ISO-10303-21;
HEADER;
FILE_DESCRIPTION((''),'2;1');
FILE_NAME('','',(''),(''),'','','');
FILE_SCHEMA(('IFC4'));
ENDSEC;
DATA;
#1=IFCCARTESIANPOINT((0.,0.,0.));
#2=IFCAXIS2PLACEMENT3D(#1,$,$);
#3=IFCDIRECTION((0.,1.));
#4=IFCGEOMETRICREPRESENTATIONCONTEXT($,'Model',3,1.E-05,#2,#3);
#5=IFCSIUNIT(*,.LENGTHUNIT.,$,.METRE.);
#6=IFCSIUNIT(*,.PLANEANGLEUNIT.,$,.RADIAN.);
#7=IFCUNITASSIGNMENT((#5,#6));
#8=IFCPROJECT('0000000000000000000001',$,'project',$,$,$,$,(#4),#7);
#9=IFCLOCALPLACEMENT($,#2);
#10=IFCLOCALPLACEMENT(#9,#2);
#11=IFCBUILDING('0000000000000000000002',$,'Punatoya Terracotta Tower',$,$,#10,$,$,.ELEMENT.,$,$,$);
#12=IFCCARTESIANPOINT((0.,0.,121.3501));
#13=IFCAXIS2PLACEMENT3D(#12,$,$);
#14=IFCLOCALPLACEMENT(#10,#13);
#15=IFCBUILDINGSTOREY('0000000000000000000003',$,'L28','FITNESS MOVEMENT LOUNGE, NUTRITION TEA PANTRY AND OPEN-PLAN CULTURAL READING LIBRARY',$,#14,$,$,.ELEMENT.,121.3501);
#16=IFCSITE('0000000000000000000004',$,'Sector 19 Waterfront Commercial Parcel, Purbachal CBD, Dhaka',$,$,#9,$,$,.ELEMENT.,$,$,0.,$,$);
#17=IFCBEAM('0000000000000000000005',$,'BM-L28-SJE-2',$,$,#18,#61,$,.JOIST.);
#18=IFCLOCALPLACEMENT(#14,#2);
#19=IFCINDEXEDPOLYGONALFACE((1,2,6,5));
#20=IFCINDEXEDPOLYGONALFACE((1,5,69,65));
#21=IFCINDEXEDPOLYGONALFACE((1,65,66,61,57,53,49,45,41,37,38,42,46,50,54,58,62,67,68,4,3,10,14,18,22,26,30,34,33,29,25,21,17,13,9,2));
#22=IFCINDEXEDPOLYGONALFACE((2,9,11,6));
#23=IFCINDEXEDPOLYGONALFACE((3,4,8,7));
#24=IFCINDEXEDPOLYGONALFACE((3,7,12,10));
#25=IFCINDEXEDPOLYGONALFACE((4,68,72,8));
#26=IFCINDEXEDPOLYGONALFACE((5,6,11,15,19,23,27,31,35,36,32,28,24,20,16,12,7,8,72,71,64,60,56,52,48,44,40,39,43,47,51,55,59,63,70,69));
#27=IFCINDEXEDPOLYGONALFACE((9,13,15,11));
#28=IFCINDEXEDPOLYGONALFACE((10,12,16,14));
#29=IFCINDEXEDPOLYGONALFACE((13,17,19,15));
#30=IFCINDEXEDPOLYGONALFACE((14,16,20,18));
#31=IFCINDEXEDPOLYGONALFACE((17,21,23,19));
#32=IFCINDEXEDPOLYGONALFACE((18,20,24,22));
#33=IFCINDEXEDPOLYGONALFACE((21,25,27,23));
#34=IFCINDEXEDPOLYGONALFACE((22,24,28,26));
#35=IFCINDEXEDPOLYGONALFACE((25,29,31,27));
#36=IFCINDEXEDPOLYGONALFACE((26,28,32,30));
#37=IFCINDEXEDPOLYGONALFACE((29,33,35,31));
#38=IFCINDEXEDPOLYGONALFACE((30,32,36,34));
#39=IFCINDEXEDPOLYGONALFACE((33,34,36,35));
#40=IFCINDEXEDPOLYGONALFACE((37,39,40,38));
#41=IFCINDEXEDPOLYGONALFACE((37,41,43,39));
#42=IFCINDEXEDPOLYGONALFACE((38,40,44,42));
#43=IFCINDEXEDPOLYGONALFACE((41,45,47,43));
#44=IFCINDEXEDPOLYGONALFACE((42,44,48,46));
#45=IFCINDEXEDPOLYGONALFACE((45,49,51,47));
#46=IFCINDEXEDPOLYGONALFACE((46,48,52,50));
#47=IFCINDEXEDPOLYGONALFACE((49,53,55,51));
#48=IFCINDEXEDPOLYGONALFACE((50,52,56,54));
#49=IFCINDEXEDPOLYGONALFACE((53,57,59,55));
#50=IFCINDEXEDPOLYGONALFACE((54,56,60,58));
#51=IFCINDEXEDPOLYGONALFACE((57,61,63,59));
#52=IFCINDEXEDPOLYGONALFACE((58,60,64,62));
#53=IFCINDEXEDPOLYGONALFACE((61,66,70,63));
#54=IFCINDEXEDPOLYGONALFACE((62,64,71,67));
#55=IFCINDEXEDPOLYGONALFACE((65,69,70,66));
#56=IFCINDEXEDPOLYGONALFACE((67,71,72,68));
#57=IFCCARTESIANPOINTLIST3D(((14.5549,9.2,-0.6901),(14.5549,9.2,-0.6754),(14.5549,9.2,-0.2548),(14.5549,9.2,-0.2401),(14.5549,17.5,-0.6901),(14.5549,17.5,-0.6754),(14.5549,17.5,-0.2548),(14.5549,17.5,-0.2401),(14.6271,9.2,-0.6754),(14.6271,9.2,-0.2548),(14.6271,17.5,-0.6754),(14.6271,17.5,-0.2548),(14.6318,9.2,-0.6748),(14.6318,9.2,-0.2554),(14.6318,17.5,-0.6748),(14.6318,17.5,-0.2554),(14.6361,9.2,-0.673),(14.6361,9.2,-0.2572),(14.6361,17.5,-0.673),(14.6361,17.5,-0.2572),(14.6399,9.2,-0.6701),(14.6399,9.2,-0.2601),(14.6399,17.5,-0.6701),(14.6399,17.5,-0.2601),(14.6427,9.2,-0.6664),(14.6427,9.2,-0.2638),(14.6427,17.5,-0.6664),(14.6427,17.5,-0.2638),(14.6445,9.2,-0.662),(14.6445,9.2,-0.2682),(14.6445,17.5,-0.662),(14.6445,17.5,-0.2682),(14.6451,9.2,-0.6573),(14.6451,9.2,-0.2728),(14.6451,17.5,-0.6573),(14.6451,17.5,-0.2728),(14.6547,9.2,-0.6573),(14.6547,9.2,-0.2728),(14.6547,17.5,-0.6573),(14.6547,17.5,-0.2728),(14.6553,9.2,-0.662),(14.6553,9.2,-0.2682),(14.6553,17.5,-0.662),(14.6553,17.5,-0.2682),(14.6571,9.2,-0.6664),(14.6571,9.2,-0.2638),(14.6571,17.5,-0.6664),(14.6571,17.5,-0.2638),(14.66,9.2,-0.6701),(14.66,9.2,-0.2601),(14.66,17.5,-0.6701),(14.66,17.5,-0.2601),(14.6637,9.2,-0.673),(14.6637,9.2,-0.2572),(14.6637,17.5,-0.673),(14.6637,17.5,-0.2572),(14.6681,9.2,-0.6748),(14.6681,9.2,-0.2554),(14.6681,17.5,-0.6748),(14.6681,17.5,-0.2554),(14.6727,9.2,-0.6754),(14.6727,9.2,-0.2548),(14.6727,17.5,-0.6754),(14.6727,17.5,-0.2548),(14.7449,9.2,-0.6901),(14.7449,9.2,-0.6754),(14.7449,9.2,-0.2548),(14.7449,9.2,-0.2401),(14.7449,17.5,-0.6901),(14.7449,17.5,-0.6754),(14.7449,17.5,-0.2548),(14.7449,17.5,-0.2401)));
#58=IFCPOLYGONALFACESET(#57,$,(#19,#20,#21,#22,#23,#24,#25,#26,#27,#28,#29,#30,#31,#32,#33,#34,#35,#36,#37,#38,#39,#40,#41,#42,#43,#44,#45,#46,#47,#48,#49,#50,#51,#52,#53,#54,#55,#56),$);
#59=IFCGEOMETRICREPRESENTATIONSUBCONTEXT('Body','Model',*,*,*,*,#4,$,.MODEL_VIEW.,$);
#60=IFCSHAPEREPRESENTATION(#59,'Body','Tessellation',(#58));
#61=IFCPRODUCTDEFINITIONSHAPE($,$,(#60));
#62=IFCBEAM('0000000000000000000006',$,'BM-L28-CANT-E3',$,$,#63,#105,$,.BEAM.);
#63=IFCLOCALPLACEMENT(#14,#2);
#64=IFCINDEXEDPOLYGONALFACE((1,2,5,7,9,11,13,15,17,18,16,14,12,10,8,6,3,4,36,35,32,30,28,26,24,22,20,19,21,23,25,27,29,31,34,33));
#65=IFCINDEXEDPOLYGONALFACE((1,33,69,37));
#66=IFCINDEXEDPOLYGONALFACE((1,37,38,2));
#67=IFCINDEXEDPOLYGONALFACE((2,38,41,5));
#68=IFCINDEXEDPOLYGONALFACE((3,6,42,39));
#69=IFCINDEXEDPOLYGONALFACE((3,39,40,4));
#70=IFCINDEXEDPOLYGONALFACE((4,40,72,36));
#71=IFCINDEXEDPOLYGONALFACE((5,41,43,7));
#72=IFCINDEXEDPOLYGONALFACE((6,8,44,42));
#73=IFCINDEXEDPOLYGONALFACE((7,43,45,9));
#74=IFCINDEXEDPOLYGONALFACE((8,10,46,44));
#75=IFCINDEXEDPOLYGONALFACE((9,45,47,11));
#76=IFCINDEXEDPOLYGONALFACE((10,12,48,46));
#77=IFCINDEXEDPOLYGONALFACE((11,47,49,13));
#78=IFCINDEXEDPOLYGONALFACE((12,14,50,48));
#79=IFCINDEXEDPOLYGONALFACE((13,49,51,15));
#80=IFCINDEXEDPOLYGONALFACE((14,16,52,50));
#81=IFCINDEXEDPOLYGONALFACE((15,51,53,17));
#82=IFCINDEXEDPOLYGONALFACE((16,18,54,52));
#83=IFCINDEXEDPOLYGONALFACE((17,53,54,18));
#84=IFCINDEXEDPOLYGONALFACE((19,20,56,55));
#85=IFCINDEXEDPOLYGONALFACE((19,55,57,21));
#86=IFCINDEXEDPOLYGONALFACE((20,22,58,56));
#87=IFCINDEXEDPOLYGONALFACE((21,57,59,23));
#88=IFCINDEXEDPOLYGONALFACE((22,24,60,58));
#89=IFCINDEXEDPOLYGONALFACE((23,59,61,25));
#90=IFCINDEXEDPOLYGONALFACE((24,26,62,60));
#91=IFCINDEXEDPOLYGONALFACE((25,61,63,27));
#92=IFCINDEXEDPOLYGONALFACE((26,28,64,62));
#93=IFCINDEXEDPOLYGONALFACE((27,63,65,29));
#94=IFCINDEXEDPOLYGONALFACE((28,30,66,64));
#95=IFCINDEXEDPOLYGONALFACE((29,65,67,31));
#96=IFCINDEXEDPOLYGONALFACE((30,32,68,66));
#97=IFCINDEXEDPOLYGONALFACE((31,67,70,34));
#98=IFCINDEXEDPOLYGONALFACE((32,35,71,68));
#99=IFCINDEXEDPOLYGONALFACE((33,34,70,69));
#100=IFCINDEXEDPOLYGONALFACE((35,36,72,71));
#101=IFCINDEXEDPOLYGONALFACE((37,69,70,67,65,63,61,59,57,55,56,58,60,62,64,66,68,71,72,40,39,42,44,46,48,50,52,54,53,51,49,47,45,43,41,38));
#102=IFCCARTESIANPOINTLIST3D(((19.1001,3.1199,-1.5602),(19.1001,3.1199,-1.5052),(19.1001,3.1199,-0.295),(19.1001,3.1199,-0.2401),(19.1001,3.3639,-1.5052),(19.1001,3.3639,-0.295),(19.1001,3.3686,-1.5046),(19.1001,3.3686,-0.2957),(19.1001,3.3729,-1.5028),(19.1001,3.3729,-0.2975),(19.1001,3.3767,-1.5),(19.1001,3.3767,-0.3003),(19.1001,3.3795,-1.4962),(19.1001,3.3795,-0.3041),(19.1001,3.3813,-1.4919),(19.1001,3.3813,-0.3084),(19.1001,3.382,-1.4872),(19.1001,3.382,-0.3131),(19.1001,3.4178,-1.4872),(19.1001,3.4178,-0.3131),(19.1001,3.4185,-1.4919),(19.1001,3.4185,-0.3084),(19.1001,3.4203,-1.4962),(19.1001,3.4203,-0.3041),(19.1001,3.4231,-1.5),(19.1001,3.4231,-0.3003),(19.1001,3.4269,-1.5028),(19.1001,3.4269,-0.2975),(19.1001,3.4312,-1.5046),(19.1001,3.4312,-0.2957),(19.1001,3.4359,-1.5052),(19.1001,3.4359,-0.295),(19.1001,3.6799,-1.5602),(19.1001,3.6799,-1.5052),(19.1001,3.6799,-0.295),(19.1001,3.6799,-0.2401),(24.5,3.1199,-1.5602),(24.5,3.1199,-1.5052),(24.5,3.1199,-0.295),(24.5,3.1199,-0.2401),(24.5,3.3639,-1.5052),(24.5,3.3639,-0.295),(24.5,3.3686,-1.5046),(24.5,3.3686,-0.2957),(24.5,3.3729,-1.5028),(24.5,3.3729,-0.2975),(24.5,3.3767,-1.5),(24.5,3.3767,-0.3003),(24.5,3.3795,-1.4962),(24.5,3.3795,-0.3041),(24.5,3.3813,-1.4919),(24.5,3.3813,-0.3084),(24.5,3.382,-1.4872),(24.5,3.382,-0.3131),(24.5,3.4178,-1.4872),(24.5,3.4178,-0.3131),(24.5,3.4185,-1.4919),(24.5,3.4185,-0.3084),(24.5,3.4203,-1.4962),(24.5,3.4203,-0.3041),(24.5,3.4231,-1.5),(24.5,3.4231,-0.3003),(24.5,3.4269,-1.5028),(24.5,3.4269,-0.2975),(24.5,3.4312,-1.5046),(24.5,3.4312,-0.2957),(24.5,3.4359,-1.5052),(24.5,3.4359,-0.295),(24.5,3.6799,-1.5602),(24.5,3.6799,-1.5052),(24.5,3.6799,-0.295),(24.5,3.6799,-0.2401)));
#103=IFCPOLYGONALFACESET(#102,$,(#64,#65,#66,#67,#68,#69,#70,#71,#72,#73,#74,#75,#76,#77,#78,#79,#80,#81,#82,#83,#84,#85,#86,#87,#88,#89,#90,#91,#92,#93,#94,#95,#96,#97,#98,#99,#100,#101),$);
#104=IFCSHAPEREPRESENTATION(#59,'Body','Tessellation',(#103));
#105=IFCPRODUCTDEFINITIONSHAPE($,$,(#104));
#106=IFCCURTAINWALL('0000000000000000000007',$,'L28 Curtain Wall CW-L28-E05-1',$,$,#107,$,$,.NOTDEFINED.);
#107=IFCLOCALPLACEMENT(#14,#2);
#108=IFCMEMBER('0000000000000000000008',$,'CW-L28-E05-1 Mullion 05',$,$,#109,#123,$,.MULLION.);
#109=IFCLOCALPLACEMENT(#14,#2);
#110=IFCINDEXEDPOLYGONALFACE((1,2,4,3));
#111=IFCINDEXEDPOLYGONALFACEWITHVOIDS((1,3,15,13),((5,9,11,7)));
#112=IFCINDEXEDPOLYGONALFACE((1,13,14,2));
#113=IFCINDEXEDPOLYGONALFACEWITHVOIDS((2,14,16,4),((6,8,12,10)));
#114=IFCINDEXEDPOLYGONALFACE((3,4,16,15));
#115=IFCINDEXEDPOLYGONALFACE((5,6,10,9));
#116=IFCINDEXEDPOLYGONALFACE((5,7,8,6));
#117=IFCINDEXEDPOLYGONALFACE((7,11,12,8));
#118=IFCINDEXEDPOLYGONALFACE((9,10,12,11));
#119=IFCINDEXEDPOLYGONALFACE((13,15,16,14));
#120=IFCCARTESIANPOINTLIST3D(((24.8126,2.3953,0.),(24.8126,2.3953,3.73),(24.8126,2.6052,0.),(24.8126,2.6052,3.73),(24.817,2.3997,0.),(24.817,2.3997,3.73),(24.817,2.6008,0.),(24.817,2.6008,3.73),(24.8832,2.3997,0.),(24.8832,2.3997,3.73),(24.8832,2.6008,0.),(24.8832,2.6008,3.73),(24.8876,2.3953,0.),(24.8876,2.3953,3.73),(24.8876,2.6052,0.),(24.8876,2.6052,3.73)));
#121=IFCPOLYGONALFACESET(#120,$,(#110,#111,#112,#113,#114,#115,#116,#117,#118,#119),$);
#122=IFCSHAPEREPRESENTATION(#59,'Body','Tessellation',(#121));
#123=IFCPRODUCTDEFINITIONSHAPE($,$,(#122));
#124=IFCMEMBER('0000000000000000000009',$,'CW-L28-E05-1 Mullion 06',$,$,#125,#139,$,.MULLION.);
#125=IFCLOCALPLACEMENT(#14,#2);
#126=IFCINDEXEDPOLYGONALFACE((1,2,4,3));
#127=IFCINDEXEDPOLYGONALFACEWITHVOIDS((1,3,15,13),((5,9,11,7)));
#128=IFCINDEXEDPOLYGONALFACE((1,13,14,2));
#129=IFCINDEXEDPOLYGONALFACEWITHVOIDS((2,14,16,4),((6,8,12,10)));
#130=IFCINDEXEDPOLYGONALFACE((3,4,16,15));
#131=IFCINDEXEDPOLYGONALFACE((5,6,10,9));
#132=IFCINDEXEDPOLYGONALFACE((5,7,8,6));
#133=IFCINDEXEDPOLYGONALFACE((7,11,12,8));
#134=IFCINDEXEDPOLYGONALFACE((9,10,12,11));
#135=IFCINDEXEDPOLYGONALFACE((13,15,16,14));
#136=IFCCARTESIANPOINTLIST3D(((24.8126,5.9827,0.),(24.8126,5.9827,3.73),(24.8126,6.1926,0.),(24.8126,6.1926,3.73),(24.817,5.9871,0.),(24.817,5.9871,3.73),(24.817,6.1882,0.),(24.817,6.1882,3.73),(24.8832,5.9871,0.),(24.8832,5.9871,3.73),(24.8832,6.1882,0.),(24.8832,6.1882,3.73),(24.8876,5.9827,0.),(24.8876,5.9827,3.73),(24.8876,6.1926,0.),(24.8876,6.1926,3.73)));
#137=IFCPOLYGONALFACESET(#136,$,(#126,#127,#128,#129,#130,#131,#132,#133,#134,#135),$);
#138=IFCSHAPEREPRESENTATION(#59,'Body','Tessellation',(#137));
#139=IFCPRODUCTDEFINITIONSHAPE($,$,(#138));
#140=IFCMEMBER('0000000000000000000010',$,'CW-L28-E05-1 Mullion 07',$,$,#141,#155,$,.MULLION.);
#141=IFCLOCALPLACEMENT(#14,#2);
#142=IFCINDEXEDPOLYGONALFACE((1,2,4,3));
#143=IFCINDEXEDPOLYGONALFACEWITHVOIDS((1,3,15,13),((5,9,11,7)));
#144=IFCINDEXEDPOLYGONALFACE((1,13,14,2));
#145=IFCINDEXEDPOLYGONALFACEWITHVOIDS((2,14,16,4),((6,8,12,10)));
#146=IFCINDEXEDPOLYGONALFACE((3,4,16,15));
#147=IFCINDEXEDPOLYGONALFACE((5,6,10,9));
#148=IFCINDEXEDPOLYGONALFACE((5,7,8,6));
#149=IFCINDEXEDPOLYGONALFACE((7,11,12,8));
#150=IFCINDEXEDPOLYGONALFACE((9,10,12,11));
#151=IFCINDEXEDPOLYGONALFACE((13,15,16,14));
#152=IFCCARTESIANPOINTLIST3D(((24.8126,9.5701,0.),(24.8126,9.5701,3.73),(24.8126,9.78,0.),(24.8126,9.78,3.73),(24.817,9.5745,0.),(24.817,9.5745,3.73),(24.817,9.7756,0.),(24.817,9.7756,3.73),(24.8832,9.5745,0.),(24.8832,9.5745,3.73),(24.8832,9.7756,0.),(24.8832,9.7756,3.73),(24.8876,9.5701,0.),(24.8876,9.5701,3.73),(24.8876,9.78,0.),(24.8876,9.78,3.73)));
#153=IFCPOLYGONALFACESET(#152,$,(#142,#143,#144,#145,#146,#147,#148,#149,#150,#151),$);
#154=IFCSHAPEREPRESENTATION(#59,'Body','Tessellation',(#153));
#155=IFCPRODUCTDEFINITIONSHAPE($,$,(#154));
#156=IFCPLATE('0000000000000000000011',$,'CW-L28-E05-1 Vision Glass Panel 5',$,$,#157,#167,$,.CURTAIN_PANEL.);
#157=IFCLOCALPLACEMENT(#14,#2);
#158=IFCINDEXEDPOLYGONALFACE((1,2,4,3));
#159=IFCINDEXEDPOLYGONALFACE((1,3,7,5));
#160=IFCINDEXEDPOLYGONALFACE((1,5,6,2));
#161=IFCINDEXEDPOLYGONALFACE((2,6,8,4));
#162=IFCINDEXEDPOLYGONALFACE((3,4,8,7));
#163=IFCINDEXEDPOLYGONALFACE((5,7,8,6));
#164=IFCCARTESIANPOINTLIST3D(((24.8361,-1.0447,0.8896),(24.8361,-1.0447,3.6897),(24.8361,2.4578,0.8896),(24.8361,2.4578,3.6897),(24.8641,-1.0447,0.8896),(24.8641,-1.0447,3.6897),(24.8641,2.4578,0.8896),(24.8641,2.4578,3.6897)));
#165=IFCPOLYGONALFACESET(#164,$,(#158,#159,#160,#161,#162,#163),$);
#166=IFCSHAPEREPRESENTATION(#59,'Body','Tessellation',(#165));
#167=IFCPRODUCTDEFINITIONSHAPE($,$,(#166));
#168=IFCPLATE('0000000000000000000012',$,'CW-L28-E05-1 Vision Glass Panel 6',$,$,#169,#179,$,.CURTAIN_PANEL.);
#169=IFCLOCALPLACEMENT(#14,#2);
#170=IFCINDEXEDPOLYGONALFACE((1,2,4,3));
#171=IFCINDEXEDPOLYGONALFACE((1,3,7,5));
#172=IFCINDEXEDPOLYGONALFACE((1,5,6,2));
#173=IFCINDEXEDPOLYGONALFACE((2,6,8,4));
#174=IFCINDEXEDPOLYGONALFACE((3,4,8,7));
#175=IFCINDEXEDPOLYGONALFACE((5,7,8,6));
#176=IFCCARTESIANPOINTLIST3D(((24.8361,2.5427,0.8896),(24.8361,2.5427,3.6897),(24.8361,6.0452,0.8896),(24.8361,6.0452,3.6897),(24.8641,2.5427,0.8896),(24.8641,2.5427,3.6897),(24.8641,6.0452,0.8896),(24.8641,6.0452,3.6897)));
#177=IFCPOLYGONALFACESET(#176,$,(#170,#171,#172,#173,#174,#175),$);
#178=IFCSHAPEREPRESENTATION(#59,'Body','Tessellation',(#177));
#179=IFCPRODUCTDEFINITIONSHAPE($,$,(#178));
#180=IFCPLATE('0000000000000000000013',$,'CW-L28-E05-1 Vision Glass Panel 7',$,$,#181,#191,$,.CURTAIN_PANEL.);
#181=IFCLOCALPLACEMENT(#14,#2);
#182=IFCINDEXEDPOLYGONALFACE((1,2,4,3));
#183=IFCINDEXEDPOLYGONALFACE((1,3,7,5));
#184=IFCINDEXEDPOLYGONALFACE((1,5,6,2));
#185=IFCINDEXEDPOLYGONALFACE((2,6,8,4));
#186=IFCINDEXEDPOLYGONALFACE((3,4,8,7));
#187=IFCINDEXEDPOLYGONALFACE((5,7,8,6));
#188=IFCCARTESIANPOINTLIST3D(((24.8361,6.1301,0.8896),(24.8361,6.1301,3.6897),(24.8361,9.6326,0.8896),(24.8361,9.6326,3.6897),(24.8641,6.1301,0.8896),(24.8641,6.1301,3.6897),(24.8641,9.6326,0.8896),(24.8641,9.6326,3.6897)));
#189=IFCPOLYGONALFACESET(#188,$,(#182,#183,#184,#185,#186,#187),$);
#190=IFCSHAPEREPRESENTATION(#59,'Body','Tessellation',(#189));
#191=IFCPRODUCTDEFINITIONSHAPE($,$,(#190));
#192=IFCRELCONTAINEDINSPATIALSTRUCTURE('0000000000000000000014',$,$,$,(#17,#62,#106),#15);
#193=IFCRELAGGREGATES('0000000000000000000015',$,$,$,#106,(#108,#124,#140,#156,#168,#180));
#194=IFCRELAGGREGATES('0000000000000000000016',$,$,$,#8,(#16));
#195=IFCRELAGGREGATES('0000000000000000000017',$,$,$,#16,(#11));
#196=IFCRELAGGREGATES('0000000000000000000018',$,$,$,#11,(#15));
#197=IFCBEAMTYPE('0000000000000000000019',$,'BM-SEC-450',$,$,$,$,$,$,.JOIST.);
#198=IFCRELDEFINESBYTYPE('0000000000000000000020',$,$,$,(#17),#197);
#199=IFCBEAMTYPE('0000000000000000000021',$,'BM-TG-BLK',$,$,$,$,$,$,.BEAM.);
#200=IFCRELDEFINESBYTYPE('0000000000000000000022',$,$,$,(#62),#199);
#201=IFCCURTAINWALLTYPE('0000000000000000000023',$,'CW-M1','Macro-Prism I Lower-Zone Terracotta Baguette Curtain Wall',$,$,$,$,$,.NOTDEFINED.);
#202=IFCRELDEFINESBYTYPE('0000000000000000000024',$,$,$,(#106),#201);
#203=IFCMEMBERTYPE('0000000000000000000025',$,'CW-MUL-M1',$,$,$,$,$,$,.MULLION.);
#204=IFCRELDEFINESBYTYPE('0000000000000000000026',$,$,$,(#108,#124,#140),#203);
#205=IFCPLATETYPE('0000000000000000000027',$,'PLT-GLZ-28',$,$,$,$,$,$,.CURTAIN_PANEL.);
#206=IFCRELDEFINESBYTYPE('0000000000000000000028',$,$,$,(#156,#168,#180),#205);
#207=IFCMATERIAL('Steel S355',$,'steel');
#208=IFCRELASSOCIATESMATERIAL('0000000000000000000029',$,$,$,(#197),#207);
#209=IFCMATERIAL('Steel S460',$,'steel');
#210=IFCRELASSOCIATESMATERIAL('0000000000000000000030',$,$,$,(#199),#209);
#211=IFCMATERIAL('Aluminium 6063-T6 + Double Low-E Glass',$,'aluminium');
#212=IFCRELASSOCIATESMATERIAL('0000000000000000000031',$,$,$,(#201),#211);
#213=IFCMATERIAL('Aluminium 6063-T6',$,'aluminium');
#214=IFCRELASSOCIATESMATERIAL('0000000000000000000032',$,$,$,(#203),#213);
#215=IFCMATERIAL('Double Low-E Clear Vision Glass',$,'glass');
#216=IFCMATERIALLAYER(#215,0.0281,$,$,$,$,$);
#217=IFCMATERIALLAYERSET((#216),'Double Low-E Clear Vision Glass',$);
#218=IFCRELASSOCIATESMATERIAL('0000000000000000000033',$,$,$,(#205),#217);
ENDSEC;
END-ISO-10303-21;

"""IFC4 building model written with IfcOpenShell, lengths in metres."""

from ifc_helpers import new_model, si_unit, direction, frame, origin, origin_2d, place, context, subcontext, project, spatial, rectangle, hollow_rectangle, i_section, extrude, material, layer, layer_set, material_profile, profile_set, type_object, element, aggregate, save


model = new_model("IFC4")

# Units and contexts
model_context = context("Model", 3, precision=1e-05, world=origin(), true_north=direction((0.0, 1.0)))
body_context = subcontext(model_context, "Body", "Model", "MODEL_VIEW")
ifc_project = project(units=[si_unit("LENGTHUNIT", "METRE"), si_unit("PLANEANGLEUNIT", "RADIAN")], contexts=[model_context])

# Site, building, storey
site_placement = place(None, origin())
site = spatial("IfcSite", under=ifc_project, at=site_placement, Name="Sector 19 Waterfront Commercial Parcel, Purbachal CBD, Dhaka", CompositionType="ELEMENT", RefElevation=0.0)
building_placement = place(site_placement, origin())
building = spatial("IfcBuilding", under=site, at=building_placement, Name="Punatoya Terracotta Tower", CompositionType="ELEMENT")
storey_placement = place(building_placement, frame((0.0, 0.0, 121.3501)))
storey = spatial("IfcBuildingStorey", under=building, at=storey_placement, Name="L28", Description="FITNESS MOVEMENT LOUNGE, NUTRITION TEA PANTRY AND OPEN-PLAN CULTURAL READING LIBRARY", CompositionType="ELEMENT", Elevation=121.3501)

# Shared definitions
ifc_material_1 = material(Name="Steel S460", Category="steel")

# Beams
ifc_material_2 = material(Name="Steel S355", Category="steel")
ifc_material_profile_1 = material_profile(ifc_material_2, i_section(OverallWidth=0.1899, OverallDepth=0.45, WebThickness=0.0095, FlangeThickness=0.0146, FilletRadius=0.0181, at=origin_2d()))
ifc_profile_set_1 = profile_set([ifc_material_profile_1], Name="Steel S355")
beam_type_1 = type_object("IfcBeamType", Name="BM-SEC-450", PredefinedType="JOIST", material=ifc_profile_set_1)
beam_1_placement = place(storey_placement, frame((14.6499, 9.2, -0.4651), z_axis=(0.0, 1.0, 0.0), x_axis=(-1.0, 0.0, 0.0)))
element("IfcBeam", 1, at=beam_1_placement, inside=storey, type_object=beam_type_1, Name="BM-L28-SJE-2", PredefinedType="JOIST", context=body_context, shape_type="SweptSolid", body=[
    extrude(i_section(OverallWidth=0.1899, OverallDepth=0.45, WebThickness=0.0095, FlangeThickness=0.0146, FilletRadius=0.0181, at=origin_2d()), origin(), (0.0, 0.0, 1.0), 8.3),
])
ifc_material_profile_2 = material_profile(ifc_material_1, i_section(OverallWidth=0.5601, OverallDepth=1.3201, WebThickness=0.0359, FlangeThickness=0.0549, FilletRadius=0.0181, at=origin_2d()))
ifc_profile_set_2 = profile_set([ifc_material_profile_2], Name="Steel S460")
beam_type_2 = type_object("IfcBeamType", Name="BM-TG-BLK", PredefinedType="BEAM", material=ifc_profile_set_2)
beam_2_placement = place(storey_placement, frame((19.1001, 3.3999, -0.9001), z_axis=(1.0, 0.0, 0.0), x_axis=(0.0, 1.0, 0.0)))
element("IfcBeam", 2, at=beam_2_placement, inside=storey, type_object=beam_type_2, Name="BM-L28-CANT-E3", PredefinedType="BEAM", context=body_context, shape_type="SweptSolid", body=[
    extrude(i_section(OverallWidth=0.5601, OverallDepth=1.3201, WebThickness=0.0359, FlangeThickness=0.0549, FilletRadius=0.0181, at=origin_2d()), origin(), (0.0, 0.0, 1.0), 5.3999),
])

# Curtain wall, members, plates
ifc_material_3 = material(Name="Aluminium 6063-T6 + Double Low-E Glass", Category="aluminium")
curtain_wall_type = type_object("IfcCurtainWallType", Name="CW-M1", Description="Macro-Prism I Lower-Zone Terracotta Baguette Curtain Wall", PredefinedType="NOTDEFINED", material=ifc_material_3)
curtain_wall_placement = place(storey_placement, origin())
curtain_wall = element("IfcCurtainWall", 3, at=curtain_wall_placement, inside=storey, type_object=curtain_wall_type, Name="L28 Curtain Wall CW-L28-E05-1", PredefinedType="NOTDEFINED")
ifc_material_4 = material(Name="Aluminium 6063-T6", Category="aluminium")
ifc_material_profile_3 = material_profile(ifc_material_4, hollow_rectangle(XDim=0.075, YDim=0.21, WallThickness=0.0044, at=origin_2d()))
ifc_profile_set_3 = profile_set([ifc_material_profile_3], Name="Aluminium 6063-T6")
member_type = type_object("IfcMemberType", Name="CW-MUL-M1", PredefinedType="MULLION", material=ifc_profile_set_3)
member_1_placement = place(storey_placement, frame((24.8501, 2.5002, 0.0), z_axis=(0.0, 0.0, 1.0), x_axis=(1.0, 0.0, 0.0)))
member_1 = element("IfcMember", 4, at=member_1_placement, type_object=member_type, Name="CW-L28-E05-1 Mullion 05", PredefinedType="MULLION", context=body_context, shape_type="SweptSolid", body=[
    extrude(hollow_rectangle(XDim=0.075, YDim=0.21, WallThickness=0.0044, at=origin_2d()), origin(), (0.0, 0.0, 1.0), 3.73),
])
member_2_placement = place(storey_placement, frame((24.8501, 6.0876, 0.0), z_axis=(0.0, 0.0, 1.0), x_axis=(1.0, 0.0, 0.0)))
member_2 = element("IfcMember", 5, at=member_2_placement, type_object=member_type, Name="CW-L28-E05-1 Mullion 06", PredefinedType="MULLION", context=body_context, shape_type="SweptSolid", body=[
    extrude(hollow_rectangle(XDim=0.075, YDim=0.21, WallThickness=0.0044, at=origin_2d()), origin(), (0.0, 0.0, 1.0), 3.73),
])
member_3_placement = place(storey_placement, frame((24.8501, 9.675, 0.0), z_axis=(0.0, 0.0, 1.0), x_axis=(1.0, 0.0, 0.0)))
member_3 = element("IfcMember", 6, at=member_3_placement, type_object=member_type, Name="CW-L28-E05-1 Mullion 07", PredefinedType="MULLION", context=body_context, shape_type="SweptSolid", body=[
    extrude(hollow_rectangle(XDim=0.075, YDim=0.21, WallThickness=0.0044, at=origin_2d()), origin(), (0.0, 0.0, 1.0), 3.73),
])
ifc_material_5 = material(Name="Double Low-E Clear Vision Glass", Category="glass")
ifc_layer_1 = layer(ifc_material_5, 0.0281)
ifc_layer_set_1 = layer_set([ifc_layer_1], Name="Double Low-E Clear Vision Glass")
plate_type_1 = type_object("IfcPlateType", Name="PLT-GLZ-28", PredefinedType="CURTAIN_PANEL", material=ifc_layer_set_1)
plate_1_placement = place(storey_placement, frame((24.8501, 0.7065, 0.8896), z_axis=(0.0, 0.0, 1.0), x_axis=(0.0, 1.0, 0.0)))
plate_1 = element("IfcPlate", 7, at=plate_1_placement, type_object=plate_type_1, Name="CW-L28-E05-1 Vision Glass Panel 5", PredefinedType="CURTAIN_PANEL", context=body_context, shape_type="SweptSolid", body=[
    extrude(rectangle(XDim=3.5024, YDim=0.0281, at=origin_2d()), origin(), (0.0, 0.0, 1.0), 2.8),
])
plate_2_placement = place(storey_placement, frame((24.8501, 4.2939, 0.8896), z_axis=(0.0, 0.0, 1.0), x_axis=(0.0, 1.0, 0.0)))
plate_2 = element("IfcPlate", 8, at=plate_2_placement, type_object=plate_type_1, Name="CW-L28-E05-1 Vision Glass Panel 6", PredefinedType="CURTAIN_PANEL", context=body_context, shape_type="SweptSolid", body=[
    extrude(rectangle(XDim=3.5024, YDim=0.0281, at=origin_2d()), origin(), (0.0, 0.0, 1.0), 2.8),
])
plate_3_placement = place(storey_placement, frame((24.8501, 7.8813, 0.8896), z_axis=(0.0, 0.0, 1.0), x_axis=(0.0, 1.0, 0.0)))
plate_3 = element("IfcPlate", 9, at=plate_3_placement, type_object=plate_type_1, Name="CW-L28-E05-1 Vision Glass Panel 7", PredefinedType="CURTAIN_PANEL", context=body_context, shape_type="SweptSolid", body=[
    extrude(rectangle(XDim=3.5024, YDim=0.0281, at=origin_2d()), origin(), (0.0, 0.0, 1.0), 2.8),
])
aggregate(curtain_wall, [member_1, member_2, member_3, plate_1, plate_2, plate_3])

save(model, "model.ifc")
